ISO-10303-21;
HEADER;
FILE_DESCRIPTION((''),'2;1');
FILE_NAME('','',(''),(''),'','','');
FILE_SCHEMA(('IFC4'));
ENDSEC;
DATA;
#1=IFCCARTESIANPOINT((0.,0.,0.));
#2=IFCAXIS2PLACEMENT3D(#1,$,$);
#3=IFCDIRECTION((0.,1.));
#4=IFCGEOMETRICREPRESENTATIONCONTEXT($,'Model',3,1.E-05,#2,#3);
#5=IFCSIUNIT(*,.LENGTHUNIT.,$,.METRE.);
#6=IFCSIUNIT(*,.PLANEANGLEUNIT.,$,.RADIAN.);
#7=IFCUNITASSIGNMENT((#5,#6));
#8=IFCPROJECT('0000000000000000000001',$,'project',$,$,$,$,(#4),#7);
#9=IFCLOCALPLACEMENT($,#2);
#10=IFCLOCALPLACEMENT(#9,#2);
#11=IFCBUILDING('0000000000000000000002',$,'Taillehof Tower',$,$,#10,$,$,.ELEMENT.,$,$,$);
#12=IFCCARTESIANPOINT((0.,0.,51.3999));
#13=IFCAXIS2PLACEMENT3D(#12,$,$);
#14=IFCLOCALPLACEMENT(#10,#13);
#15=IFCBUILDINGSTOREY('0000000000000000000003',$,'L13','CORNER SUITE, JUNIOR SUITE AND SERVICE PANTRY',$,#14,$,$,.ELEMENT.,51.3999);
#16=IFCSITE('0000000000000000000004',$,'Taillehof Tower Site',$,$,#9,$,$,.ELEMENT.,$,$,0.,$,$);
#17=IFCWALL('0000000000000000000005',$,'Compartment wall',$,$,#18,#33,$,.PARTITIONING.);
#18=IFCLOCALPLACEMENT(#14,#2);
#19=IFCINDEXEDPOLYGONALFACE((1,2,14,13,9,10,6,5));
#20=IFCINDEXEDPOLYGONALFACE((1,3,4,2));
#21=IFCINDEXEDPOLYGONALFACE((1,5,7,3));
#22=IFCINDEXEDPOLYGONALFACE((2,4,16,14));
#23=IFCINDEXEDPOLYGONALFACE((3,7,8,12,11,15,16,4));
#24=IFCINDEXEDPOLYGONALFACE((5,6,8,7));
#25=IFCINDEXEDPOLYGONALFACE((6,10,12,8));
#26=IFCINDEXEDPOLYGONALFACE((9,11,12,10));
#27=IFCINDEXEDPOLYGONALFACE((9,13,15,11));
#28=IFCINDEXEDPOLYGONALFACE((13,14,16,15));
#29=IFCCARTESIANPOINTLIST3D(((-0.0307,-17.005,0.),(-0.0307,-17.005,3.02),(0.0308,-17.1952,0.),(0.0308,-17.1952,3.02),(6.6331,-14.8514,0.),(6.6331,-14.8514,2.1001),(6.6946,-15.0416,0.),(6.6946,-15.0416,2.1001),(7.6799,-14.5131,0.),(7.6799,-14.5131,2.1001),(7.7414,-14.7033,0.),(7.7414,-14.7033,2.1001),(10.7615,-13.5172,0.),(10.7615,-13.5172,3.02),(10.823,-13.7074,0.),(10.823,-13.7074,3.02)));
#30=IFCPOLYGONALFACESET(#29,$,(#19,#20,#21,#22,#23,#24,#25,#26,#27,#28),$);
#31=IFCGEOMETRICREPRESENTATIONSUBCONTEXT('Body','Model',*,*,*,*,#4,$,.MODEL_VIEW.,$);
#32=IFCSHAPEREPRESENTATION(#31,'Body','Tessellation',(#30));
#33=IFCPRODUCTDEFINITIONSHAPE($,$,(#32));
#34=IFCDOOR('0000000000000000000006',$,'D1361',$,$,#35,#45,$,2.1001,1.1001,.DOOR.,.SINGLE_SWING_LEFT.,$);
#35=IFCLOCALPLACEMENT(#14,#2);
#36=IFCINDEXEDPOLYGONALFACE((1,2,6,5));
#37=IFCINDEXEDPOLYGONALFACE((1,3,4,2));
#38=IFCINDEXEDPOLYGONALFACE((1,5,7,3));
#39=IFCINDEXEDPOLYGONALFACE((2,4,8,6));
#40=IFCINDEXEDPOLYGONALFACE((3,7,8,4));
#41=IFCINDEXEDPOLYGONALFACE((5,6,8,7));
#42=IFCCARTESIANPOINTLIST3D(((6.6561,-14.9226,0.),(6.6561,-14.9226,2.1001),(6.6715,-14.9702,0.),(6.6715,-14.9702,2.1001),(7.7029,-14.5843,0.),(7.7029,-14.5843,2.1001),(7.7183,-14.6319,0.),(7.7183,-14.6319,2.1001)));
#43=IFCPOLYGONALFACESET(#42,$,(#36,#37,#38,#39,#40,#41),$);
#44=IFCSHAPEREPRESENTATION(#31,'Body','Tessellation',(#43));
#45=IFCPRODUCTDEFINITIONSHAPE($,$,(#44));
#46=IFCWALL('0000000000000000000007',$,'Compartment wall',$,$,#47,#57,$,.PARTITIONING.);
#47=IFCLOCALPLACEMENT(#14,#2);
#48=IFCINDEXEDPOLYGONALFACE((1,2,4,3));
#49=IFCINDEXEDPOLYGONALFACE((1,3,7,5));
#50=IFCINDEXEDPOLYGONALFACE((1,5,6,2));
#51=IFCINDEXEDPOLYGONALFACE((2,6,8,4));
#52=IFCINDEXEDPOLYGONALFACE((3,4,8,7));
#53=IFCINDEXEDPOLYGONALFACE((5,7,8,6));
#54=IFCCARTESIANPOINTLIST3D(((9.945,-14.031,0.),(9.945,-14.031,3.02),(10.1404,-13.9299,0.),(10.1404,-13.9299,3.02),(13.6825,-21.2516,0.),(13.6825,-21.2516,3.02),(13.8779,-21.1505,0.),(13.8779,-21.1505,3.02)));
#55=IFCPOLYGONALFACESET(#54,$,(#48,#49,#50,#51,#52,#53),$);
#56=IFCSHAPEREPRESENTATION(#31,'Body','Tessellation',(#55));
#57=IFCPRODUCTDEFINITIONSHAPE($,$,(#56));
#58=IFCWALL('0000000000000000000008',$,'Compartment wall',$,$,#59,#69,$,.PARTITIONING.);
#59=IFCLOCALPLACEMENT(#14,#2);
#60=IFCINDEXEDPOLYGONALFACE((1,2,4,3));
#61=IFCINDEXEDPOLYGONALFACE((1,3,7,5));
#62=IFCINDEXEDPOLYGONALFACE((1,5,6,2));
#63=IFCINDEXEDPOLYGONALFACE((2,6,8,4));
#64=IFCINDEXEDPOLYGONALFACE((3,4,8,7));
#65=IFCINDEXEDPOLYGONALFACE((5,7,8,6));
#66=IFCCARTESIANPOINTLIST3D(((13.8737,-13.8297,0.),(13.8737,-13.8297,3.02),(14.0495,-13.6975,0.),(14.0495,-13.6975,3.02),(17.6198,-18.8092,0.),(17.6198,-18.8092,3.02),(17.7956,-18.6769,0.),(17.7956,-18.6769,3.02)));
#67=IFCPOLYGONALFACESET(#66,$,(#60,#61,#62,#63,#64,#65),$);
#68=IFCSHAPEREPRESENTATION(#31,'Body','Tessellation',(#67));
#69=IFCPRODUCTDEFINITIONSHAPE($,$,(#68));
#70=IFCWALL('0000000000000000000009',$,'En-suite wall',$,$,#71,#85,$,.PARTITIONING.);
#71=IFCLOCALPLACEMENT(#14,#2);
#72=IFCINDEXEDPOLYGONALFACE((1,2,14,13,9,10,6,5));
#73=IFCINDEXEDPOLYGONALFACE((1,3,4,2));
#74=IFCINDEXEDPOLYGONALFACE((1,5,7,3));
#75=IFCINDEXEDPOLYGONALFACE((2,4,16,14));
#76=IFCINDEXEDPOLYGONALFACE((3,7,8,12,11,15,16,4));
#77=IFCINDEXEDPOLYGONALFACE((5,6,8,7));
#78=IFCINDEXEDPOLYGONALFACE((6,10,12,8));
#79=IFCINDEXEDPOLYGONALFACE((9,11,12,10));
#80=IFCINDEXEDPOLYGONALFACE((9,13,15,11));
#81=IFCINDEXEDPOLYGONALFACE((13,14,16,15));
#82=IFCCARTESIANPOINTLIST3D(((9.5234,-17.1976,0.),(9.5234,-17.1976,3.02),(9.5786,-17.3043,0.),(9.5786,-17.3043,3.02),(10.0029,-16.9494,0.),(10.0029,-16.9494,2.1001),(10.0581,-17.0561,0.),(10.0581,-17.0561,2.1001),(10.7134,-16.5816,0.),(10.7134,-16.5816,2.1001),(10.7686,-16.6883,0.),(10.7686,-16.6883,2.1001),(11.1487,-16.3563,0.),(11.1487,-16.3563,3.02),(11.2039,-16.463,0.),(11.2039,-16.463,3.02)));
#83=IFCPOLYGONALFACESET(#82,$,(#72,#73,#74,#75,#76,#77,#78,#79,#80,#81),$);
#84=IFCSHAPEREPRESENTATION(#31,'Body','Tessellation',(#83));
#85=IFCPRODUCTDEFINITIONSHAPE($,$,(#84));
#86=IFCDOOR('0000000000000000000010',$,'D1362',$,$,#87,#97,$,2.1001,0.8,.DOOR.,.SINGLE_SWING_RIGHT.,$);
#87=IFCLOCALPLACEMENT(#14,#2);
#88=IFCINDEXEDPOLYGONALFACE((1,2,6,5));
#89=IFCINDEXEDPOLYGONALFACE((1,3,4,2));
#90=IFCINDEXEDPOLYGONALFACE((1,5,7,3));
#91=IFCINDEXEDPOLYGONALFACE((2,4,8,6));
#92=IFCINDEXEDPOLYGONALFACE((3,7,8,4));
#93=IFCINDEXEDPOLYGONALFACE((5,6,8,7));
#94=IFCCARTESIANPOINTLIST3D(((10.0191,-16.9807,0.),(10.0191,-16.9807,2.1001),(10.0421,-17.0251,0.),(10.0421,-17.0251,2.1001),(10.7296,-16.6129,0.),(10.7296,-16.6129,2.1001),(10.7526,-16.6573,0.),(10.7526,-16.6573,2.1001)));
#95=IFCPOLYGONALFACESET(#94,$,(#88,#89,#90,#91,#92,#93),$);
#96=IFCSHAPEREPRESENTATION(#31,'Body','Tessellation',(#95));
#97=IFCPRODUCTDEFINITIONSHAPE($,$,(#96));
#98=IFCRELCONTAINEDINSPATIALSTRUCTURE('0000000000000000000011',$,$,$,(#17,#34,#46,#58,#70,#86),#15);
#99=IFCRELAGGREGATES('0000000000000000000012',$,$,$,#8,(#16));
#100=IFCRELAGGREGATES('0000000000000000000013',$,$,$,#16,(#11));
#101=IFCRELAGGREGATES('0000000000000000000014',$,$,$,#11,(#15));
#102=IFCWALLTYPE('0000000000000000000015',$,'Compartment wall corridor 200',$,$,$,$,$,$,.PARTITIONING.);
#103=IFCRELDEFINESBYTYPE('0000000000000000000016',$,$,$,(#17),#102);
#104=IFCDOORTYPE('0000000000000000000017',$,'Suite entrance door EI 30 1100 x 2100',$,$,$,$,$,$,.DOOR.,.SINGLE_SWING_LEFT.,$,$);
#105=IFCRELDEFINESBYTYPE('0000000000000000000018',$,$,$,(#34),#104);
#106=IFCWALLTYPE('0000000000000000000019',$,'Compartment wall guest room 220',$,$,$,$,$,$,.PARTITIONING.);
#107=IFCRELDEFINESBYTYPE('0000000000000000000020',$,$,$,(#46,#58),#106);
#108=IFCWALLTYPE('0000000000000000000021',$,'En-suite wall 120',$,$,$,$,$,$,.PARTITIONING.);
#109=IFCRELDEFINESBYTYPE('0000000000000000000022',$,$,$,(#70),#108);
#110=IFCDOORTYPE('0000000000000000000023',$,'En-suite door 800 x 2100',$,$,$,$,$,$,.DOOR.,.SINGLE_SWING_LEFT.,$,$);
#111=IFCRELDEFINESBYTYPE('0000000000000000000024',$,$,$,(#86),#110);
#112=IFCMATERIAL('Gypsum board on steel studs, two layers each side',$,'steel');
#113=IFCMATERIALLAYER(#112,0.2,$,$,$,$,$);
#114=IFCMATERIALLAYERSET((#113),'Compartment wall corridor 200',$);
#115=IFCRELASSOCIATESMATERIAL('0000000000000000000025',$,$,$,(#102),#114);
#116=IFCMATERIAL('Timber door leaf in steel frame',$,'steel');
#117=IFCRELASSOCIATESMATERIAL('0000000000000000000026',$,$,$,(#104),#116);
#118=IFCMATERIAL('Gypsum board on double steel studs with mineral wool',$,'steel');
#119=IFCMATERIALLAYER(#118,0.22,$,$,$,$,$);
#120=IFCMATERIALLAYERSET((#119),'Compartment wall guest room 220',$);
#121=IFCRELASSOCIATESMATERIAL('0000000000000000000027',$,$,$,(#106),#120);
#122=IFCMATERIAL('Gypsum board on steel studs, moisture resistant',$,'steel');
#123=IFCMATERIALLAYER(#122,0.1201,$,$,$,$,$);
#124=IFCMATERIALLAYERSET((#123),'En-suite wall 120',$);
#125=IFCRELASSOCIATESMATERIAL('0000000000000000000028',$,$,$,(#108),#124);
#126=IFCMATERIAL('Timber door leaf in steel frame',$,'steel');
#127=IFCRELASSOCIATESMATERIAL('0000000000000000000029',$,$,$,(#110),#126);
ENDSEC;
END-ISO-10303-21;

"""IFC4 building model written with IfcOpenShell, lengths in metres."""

from ifc_helpers import new_model, si_unit, direction, frame, frame_2d, origin, place, context, subcontext, project, spatial, rectangle, extrude, material, layer, layer_set, type_object, element, fill, save


model = new_model("IFC4")

# Units and contexts
model_context = context("Model", 3, precision=1e-05, world=origin(), true_north=direction((0.0, 1.0)))
body_context = subcontext(model_context, "Body", "Model", "MODEL_VIEW")
ifc_project = project(units=[si_unit("LENGTHUNIT", "METRE"), si_unit("PLANEANGLEUNIT", "RADIAN")], contexts=[model_context])

# Site, building, storey
site_placement = place(None, origin())
site = spatial("IfcSite", under=ifc_project, at=site_placement, Name="Taillehof Tower Site", CompositionType="ELEMENT", RefElevation=0.0)
building_placement = place(site_placement, origin())
building = spatial("IfcBuilding", under=site, at=building_placement, Name="Taillehof Tower", CompositionType="ELEMENT")
storey_placement = place(building_placement, frame((0.0, 0.0, 51.3999)))
storey = spatial("IfcBuildingStorey", under=building, at=storey_placement, Name="L13", Description="CORNER SUITE, JUNIOR SUITE AND SERVICE PANTRY", CompositionType="ELEMENT", Elevation=51.3999)

# Shared definitions
ifc_material_1 = material(Name="Gypsum board on steel studs, two layers each side", Category="steel")
ifc_layer_1 = layer(ifc_material_1, 0.2)
ifc_layer_set_1 = layer_set([ifc_layer_1], Name="Compartment wall corridor 200")
wall_type_1 = type_object("IfcWallType", Name="Compartment wall corridor 200", PredefinedType="PARTITIONING", material=ifc_layer_set_1)

# Wall, opening, door
wall_1_placement = place(storey_placement, frame((10.7922, -13.6123, 0.0), z_axis=(0.0, 0.0, 1.0), x_axis=(-0.951543, -0.307516, 0.0)))
wall_1 = element("IfcWall", 1, at=wall_1_placement, inside=storey, type_object=wall_type_1, Name="Compartment wall", PredefinedType="PARTITIONING", context=body_context, shape_type="SweptSolid", body=[
    extrude(rectangle(XDim=11.3418, YDim=0.2, at=frame_2d((5.6709, 0.0))), origin(), (0.0, 0.0, 1.0), 3.02),
])
opening_1_placement = place(wall_1_placement, frame((3.2385, 0.0, 0.0)))
opening_1 = element("IfcOpeningElement", 2, at=opening_1_placement, cuts=wall_1, PredefinedType="OPENING", context=body_context, shape_type="SweptSolid", body=[
    extrude(rectangle(XDim=1.1001, YDim=2.1001, at=frame_2d((0.55, 1.05))), frame((0.0, 0.1099, 0.0), z_axis=(0.0, -1.0, 0.0), x_axis=(1.0, 0.0, 0.0)), (0.0, 0.0, 1.0), 0.22),
])
ifc_material_2 = material(Name="Timber door leaf in steel frame", Category="steel")
door_type_1 = type_object("IfcDoorType", Name="Suite entrance door EI 30 1100 x 2100", OperationType="SINGLE_SWING_LEFT", PredefinedType="DOOR", material=ifc_material_2)
door_1_placement = place(opening_1_placement, origin())
door_1 = element("IfcDoor", 3, at=door_1_placement, inside=storey, type_object=door_type_1, Name="D1361", OperationType="SINGLE_SWING_LEFT", OverallHeight=2.1001, OverallWidth=1.1001, PredefinedType="DOOR", context=body_context, shape_type="SweptSolid", body=[
    extrude(rectangle(XDim=1.1001, YDim=2.1001, at=frame_2d((0.55, 1.05))), frame((0.0, 0.0249, 0.0), z_axis=(0.0, -1.0, 0.0), x_axis=(1.0, 0.0, 0.0)), (0.0, 0.0, 1.0), 0.05),
])
fill(opening_1, door_1)

# Walls
ifc_material_3 = material(Name="Gypsum board on double steel studs with mineral wool", Category="steel")
ifc_layer_2 = layer(ifc_material_3, 0.22)
ifc_layer_set_2 = layer_set([ifc_layer_2], Name="Compartment wall guest room 220")
wall_type_2 = type_object("IfcWallType", Name="Compartment wall guest room 220", PredefinedType="PARTITIONING", material=ifc_layer_set_2)
wall_2_placement = place(storey_placement, frame((13.7803, -21.2012, 0.0), z_axis=(0.0, 0.0, 1.0), x_axis=(-0.459685, 0.888082, 0.0)))
element("IfcWall", 4, at=wall_2_placement, inside=storey, type_object=wall_type_2, Name="Compartment wall", PredefinedType="PARTITIONING", context=body_context, shape_type="SweptSolid", body=[
    extrude(rectangle(XDim=8.1306, YDim=0.22, at=frame_2d((4.0654, 0.0))), origin(), (0.0, 0.0, 1.0), 3.02),
])
wall_3_placement = place(storey_placement, frame((17.7078, -18.7432, 0.0), z_axis=(0.0, 0.0, 1.0), x_axis=(-0.601178, 0.799115, 0.0)))
element("IfcWall", 5, at=wall_3_placement, inside=storey, type_object=wall_type_2, Name="Compartment wall", PredefinedType="PARTITIONING", context=body_context, shape_type="SweptSolid", body=[
    extrude(rectangle(XDim=6.2312, YDim=0.22, at=frame_2d((3.1157, 0.0))), origin(), (0.0, 0.0, 1.0), 3.02),
])

# Wall, opening, door
ifc_material_4 = material(Name="Gypsum board on steel studs, moisture resistant", Category="steel")
ifc_layer_3 = layer(ifc_material_4, 0.1201)
ifc_layer_set_3 = layer_set([ifc_layer_3], Name="En-suite wall 120")
wall_type_3 = type_object("IfcWallType", Name="En-suite wall 120", PredefinedType="PARTITIONING", material=ifc_layer_set_3)
wall_4_placement = place(storey_placement, frame((9.551, -17.251, 0.0), z_axis=(0.0, 0.0, 1.0), x_axis=(0.888069, 0.45971, 0.0)))
wall_4 = element("IfcWall", 6, at=wall_4_placement, inside=storey, type_object=wall_type_3, Name="En-suite wall", PredefinedType="PARTITIONING", context=body_context, shape_type="SweptSolid", body=[
    extrude(rectangle(XDim=1.8301, YDim=0.1201, at=frame_2d((0.915, 0.0))), origin(), (0.0, 0.0, 1.0), 3.02),
])
opening_2_placement = place(wall_4_placement, frame((0.54, 0.0, 0.0)))
opening_2 = element("IfcOpeningElement", 7, at=opening_2_placement, cuts=wall_4, PredefinedType="OPENING", context=body_context, shape_type="SweptSolid", body=[
    extrude(rectangle(XDim=0.8, YDim=2.1001, at=frame_2d((0.3999, 1.05))), frame((0.0, 0.0701, 0.0), z_axis=(0.0, -1.0, 0.0), x_axis=(1.0, 0.0, 0.0)), (0.0, 0.0, 1.0), 0.1401),
])
ifc_material_5 = material(Name="Timber door leaf in steel frame", Category="steel")
door_type_2 = type_object("IfcDoorType", Name="En-suite door 800 x 2100", OperationType="SINGLE_SWING_LEFT", PredefinedType="DOOR", material=ifc_material_5)
door_2_placement = place(opening_2_placement, origin())
door_2 = element("IfcDoor", 8, at=door_2_placement, inside=storey, type_object=door_type_2, Name="D1362", OperationType="SINGLE_SWING_RIGHT", OverallHeight=2.1001, OverallWidth=0.8, PredefinedType="DOOR", context=body_context, shape_type="SweptSolid", body=[
    extrude(rectangle(XDim=0.8, YDim=2.1001, at=frame_2d((0.3999, 1.05))), frame((0.0, 0.0249, 0.0), z_axis=(0.0, -1.0, 0.0), x_axis=(1.0, 0.0, 0.0)), (0.0, 0.0, 1.0), 0.05),
])
fill(opening_2, door_2)

save(model, "model.ifc")
